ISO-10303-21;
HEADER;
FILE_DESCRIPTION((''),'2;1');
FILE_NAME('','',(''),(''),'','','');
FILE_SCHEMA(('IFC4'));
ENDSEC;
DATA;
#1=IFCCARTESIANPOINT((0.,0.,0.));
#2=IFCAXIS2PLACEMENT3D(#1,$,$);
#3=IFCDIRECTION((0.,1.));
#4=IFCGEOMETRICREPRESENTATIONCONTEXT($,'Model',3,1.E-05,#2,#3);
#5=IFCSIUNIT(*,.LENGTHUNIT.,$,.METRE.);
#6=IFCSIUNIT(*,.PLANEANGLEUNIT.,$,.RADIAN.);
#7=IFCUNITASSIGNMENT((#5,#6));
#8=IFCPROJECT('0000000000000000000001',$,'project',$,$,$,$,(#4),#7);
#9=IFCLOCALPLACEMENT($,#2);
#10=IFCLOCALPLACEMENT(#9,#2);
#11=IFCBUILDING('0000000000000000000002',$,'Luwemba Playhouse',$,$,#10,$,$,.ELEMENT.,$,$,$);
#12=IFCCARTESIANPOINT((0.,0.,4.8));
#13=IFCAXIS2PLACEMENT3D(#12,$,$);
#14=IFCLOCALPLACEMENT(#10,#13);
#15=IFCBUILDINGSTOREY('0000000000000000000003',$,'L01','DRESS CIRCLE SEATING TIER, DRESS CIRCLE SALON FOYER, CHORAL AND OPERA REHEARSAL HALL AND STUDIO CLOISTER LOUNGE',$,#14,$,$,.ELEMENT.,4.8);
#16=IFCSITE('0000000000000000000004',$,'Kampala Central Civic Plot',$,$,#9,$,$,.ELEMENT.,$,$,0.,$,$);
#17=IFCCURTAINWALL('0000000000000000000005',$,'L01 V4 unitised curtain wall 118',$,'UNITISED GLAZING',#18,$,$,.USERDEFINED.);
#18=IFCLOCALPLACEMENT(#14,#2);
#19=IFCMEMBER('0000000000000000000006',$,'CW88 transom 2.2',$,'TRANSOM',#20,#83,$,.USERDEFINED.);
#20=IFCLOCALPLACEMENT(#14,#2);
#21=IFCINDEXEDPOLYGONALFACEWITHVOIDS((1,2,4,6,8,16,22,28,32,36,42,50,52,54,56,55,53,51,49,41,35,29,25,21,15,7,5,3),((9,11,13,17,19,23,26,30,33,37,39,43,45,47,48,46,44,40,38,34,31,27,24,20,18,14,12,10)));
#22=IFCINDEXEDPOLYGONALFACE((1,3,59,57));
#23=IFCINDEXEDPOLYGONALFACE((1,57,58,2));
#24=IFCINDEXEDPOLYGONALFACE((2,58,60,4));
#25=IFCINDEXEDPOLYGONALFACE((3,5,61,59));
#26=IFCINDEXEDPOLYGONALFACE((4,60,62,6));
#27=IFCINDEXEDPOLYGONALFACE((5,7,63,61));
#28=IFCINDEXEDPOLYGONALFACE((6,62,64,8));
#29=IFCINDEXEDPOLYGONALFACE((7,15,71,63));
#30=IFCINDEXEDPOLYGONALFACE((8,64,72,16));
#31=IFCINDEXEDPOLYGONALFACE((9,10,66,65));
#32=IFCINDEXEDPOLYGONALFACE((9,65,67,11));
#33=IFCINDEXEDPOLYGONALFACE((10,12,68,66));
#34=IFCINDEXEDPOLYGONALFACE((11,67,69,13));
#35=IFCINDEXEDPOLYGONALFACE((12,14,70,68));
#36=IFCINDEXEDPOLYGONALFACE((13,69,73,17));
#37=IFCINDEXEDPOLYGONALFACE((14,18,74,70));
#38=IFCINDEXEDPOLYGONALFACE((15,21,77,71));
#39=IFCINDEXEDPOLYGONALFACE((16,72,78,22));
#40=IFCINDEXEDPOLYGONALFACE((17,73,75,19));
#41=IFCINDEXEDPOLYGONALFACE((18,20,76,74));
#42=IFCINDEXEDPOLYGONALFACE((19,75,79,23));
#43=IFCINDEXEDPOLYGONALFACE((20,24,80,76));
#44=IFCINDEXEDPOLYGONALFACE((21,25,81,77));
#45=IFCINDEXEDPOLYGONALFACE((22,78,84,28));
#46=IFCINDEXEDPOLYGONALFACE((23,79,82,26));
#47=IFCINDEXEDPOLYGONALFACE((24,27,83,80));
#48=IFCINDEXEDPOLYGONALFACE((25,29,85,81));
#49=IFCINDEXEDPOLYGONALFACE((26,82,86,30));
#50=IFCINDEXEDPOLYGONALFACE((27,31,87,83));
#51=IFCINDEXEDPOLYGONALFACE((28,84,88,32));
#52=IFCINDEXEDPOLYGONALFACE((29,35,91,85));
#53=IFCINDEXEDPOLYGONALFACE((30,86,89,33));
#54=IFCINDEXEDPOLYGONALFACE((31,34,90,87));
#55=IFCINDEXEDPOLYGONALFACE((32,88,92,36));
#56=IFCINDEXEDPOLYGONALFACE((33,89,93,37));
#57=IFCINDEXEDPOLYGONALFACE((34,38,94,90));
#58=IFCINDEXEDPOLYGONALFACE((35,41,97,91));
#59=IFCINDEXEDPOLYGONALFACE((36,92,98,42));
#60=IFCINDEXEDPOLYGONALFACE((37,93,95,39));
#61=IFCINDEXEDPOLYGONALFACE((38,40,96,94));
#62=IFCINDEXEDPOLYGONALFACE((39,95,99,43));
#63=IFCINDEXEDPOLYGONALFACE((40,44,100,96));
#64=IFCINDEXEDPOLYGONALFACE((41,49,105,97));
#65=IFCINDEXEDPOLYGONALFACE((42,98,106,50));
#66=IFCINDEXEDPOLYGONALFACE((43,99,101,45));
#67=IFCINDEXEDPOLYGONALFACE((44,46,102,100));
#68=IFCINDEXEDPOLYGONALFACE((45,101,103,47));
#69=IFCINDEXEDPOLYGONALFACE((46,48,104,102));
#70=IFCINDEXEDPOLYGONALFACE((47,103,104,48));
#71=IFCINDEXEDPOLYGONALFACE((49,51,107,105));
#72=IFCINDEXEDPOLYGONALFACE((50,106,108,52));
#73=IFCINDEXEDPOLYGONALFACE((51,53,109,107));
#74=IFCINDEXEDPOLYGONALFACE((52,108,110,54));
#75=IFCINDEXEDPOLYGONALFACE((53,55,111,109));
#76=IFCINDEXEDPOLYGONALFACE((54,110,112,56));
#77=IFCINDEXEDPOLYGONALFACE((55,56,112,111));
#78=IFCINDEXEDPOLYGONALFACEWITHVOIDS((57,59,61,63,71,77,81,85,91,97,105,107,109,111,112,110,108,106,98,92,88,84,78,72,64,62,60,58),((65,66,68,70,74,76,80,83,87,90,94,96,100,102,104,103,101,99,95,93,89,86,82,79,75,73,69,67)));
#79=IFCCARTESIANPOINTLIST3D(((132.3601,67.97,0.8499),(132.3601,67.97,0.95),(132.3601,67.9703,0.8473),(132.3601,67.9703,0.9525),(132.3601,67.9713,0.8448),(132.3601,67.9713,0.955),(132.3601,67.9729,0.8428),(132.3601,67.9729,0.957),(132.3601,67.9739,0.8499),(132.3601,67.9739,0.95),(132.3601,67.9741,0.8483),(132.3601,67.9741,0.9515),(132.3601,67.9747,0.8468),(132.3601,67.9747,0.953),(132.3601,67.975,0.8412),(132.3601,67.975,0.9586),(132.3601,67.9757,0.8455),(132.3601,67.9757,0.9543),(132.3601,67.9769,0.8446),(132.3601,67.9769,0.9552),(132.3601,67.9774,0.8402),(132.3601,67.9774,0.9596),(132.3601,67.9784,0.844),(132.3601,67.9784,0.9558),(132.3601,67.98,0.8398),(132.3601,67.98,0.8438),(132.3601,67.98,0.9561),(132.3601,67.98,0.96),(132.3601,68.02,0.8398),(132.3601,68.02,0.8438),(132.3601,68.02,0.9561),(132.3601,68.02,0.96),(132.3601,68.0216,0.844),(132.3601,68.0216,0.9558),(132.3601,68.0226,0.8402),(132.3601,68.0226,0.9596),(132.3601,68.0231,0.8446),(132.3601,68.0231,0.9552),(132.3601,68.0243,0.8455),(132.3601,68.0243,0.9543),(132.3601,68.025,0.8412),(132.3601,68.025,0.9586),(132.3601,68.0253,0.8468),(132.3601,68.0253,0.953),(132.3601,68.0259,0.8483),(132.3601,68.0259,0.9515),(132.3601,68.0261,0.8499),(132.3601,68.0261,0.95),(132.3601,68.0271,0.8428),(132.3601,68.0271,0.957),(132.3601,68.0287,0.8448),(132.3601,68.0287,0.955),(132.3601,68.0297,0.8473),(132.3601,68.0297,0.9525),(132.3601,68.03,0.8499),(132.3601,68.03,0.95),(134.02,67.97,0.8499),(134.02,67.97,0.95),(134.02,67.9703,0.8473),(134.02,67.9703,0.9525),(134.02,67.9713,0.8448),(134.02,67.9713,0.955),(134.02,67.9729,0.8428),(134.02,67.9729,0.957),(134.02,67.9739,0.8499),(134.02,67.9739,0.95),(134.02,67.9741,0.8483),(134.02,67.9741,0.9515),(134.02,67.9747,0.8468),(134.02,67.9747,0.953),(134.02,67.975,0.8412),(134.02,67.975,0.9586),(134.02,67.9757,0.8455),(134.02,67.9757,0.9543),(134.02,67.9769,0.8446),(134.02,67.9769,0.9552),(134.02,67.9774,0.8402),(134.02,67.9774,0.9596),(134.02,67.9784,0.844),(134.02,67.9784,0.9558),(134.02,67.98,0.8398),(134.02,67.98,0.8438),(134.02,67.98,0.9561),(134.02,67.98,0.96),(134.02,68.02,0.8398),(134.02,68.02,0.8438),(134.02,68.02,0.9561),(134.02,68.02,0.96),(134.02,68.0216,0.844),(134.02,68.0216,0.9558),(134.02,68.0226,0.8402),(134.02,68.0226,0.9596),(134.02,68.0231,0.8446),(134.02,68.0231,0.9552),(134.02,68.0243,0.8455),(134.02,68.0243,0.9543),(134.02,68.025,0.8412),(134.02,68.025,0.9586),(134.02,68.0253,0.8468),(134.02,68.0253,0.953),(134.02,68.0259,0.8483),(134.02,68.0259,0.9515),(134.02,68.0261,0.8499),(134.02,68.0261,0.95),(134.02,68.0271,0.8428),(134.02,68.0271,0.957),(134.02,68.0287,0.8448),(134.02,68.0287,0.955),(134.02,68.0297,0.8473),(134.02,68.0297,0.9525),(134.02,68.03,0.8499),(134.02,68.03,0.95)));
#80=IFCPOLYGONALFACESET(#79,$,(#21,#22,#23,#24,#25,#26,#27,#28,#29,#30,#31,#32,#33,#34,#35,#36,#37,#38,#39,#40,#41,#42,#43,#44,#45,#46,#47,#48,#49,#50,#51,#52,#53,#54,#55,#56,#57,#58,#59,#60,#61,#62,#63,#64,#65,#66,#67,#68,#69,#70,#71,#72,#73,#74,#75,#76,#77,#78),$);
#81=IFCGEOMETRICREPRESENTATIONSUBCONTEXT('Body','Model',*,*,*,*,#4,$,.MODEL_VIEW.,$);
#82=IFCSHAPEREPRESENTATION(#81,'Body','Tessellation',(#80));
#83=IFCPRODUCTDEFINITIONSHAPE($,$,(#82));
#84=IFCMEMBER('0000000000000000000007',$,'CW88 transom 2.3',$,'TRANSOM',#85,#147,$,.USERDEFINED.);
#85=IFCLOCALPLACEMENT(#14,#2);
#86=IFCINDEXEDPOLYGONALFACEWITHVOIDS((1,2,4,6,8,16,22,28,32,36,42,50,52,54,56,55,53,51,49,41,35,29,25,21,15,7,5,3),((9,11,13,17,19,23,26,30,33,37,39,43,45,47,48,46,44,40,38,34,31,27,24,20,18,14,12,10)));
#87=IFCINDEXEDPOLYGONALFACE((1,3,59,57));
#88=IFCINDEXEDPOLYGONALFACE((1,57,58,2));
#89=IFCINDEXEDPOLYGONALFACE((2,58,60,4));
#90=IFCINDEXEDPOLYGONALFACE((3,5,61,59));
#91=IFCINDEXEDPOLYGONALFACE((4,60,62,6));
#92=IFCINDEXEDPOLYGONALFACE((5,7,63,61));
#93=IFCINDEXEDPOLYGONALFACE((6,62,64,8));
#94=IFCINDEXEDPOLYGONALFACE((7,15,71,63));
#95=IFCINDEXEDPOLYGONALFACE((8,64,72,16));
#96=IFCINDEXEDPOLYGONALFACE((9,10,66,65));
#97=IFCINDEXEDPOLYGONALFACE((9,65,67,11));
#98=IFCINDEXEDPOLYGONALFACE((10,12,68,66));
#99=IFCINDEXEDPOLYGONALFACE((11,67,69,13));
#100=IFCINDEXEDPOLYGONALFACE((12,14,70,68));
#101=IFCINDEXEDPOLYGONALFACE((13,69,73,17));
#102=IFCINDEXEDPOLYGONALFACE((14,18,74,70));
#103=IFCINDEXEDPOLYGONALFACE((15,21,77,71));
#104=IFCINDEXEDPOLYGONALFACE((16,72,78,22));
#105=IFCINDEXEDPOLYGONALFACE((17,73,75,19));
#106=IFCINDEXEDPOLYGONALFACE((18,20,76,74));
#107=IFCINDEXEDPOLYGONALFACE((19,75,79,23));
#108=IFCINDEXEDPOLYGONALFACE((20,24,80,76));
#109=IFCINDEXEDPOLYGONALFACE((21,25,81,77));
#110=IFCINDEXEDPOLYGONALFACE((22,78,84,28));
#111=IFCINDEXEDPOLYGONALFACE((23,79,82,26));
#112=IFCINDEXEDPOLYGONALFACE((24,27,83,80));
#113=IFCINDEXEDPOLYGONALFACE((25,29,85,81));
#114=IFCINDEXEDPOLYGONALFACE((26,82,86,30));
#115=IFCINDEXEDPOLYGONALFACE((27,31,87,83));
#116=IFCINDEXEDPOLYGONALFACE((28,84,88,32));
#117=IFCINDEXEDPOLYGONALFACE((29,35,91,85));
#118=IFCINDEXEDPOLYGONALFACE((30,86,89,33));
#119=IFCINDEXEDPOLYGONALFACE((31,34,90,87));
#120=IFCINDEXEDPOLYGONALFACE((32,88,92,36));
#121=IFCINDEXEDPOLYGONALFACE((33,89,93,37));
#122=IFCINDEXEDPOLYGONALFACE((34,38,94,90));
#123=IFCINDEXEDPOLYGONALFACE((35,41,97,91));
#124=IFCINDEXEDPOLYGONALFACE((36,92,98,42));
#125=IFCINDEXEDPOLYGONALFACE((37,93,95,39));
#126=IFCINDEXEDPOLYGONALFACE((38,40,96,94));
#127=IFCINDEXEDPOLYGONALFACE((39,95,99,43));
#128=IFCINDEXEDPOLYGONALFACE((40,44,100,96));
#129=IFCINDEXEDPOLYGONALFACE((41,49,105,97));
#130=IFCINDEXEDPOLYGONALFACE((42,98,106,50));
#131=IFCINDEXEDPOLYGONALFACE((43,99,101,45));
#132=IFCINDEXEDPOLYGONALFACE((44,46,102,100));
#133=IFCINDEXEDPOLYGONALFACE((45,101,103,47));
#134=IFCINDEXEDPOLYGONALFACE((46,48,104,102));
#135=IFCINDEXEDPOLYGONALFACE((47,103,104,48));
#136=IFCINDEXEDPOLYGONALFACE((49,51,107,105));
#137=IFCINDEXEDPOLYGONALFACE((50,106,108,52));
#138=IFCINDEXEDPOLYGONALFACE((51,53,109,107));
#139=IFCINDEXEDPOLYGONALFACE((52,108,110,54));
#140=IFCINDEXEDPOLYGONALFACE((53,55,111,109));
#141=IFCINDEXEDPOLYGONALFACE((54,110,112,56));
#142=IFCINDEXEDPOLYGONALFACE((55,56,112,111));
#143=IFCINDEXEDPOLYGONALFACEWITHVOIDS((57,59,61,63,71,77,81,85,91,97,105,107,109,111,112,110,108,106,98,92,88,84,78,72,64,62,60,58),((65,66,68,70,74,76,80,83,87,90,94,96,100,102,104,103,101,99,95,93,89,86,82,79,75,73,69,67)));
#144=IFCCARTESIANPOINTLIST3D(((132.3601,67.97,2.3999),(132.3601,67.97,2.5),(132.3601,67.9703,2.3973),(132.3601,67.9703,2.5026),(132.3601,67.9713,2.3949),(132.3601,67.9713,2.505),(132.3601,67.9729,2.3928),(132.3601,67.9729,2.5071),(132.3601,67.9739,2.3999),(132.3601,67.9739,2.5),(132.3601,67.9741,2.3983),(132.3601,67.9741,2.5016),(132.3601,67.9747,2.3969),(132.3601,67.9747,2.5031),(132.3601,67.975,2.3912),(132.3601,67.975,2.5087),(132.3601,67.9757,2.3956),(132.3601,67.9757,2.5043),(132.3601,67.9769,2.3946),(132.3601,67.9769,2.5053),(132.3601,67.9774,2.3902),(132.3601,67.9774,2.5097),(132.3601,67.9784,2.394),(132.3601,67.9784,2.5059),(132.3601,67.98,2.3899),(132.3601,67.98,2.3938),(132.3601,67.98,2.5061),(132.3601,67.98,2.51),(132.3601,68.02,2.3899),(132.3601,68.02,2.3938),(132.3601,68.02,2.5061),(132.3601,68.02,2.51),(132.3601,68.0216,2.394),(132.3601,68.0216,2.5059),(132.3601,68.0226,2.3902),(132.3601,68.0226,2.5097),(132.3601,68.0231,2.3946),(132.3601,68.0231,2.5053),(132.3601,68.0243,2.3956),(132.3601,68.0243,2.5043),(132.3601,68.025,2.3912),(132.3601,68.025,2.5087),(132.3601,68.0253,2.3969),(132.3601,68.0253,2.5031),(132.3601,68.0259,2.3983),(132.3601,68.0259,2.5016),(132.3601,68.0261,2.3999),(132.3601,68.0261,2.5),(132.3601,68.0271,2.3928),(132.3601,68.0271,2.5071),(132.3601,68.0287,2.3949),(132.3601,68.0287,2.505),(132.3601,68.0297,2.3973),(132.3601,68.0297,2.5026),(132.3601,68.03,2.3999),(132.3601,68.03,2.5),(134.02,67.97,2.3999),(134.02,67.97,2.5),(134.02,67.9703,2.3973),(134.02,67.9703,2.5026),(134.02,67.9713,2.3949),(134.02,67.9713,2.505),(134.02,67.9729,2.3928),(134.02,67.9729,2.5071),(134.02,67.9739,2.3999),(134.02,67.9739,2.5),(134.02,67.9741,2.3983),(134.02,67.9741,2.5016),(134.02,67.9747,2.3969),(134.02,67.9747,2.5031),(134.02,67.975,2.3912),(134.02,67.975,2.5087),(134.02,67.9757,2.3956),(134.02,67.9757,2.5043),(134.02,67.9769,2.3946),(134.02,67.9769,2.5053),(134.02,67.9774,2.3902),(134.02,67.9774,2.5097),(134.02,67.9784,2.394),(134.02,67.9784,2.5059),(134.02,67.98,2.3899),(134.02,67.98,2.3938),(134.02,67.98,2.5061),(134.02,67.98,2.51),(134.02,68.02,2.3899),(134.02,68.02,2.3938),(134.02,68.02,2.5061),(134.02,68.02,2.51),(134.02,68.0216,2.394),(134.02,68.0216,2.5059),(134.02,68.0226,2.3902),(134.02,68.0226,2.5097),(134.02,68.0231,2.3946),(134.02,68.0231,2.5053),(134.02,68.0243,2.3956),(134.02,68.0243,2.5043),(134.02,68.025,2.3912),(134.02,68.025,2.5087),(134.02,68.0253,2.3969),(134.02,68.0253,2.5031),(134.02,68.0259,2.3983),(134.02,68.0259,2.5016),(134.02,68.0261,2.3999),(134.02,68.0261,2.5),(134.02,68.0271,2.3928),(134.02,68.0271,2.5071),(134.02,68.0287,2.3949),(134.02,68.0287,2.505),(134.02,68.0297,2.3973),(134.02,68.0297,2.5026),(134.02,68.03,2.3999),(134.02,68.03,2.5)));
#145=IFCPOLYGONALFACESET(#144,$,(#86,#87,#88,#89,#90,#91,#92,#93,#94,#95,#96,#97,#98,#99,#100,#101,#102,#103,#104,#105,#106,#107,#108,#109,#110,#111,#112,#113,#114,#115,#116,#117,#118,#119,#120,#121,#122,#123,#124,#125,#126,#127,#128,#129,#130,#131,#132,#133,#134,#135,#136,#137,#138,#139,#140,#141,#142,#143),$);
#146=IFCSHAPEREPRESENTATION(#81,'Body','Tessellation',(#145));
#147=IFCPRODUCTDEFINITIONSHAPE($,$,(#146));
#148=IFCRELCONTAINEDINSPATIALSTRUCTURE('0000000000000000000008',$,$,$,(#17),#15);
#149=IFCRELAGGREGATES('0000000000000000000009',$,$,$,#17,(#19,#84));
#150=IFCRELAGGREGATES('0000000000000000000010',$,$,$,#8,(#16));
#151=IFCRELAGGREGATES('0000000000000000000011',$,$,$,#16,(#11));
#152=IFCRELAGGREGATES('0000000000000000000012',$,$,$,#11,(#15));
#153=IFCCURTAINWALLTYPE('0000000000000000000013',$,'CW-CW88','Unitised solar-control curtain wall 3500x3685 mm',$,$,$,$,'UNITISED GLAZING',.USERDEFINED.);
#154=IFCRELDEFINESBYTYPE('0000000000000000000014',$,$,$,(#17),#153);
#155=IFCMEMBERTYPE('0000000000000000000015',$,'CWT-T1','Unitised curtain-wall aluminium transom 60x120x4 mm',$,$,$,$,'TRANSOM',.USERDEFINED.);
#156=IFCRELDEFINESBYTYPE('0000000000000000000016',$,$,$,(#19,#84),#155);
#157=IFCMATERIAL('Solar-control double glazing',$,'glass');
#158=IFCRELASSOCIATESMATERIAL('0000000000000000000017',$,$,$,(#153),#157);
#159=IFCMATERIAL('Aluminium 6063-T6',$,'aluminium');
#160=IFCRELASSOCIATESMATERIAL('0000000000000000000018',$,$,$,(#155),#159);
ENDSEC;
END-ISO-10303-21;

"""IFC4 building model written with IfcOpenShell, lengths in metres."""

from ifc_helpers import new_model, si_unit, direction, frame, origin, origin_2d, place, context, subcontext, project, spatial, hollow_rectangle, extrude, material, material_profile, profile_set, type_object, element, aggregate, save


model = new_model("IFC4")

# Units and contexts
model_context = context("Model", 3, precision=1e-05, world=origin(), true_north=direction((0.0, 1.0)))
body_context = subcontext(model_context, "Body", "Model", "MODEL_VIEW")
ifc_project = project(units=[si_unit("LENGTHUNIT", "METRE"), si_unit("PLANEANGLEUNIT", "RADIAN")], contexts=[model_context])

# Site, building, storey
site_placement = place(None, origin())
site = spatial("IfcSite", under=ifc_project, at=site_placement, Name="Kampala Central Civic Plot", CompositionType="ELEMENT", RefElevation=0.0)
building_placement = place(site_placement, origin())
building = spatial("IfcBuilding", under=site, at=building_placement, Name="Luwemba Playhouse", CompositionType="ELEMENT")
storey_placement = place(building_placement, frame((0.0, 0.0, 4.8)))
storey = spatial("IfcBuildingStorey", under=building, at=storey_placement, Name="L01", Description="DRESS CIRCLE SEATING TIER, DRESS CIRCLE SALON FOYER, CHORAL AND OPERA REHEARSAL HALL AND STUDIO CLOISTER LOUNGE", CompositionType="ELEMENT", Elevation=4.8)

# Curtain wall, members
ifc_material_1 = material(Name="Solar-control double glazing", Category="glass")
curtain_wall_type = type_object("IfcCurtainWallType", Name="CW-CW88", Description="Unitised solar-control curtain wall 3500x3685 mm", ElementType="UNITISED GLAZING", PredefinedType="USERDEFINED", material=ifc_material_1)
curtain_wall_placement = place(storey_placement, origin())
curtain_wall = element("IfcCurtainWall", 1, at=curtain_wall_placement, inside=storey, type_object=curtain_wall_type, Name="L01 V4 unitised curtain wall 118", ObjectType="UNITISED GLAZING", PredefinedType="USERDEFINED")
ifc_material_2 = material(Name="Aluminium 6063-T6", Category="aluminium")
ifc_material_profile_1 = material_profile(ifc_material_2, hollow_rectangle(XDim=0.0601, YDim=0.1201, WallThickness=0.0039, InnerFilletRadius=0.0061, OuterFilletRadius=0.01, at=origin_2d()))
ifc_profile_set_1 = profile_set([ifc_material_profile_1], Name="Aluminium 6063-T6")
member_type_1 = type_object("IfcMemberType", Name="CWT-T1", Description="Unitised curtain-wall aluminium transom 60x120x4 mm", ElementType="TRANSOM", PredefinedType="USERDEFINED", material=ifc_profile_set_1)
member_1_placement = place(storey_placement, frame((134.02, 68.0, 0.8999), z_axis=(-1.0, 0.0, 0.0), x_axis=(0.0, -1.0, 0.0)))
member_1 = element("IfcMember", 2, at=member_1_placement, type_object=member_type_1, Name="CW88 transom 2.2", ObjectType="TRANSOM", PredefinedType="USERDEFINED", context=body_context, shape_type="SweptSolid", body=[
    extrude(hollow_rectangle(XDim=0.0601, YDim=0.1201, WallThickness=0.0039, InnerFilletRadius=0.0061, OuterFilletRadius=0.01, at=origin_2d()), origin(), (0.0, 0.0, 1.0), 1.6599),
])
member_2_placement = place(storey_placement, frame((134.02, 68.0, 2.45), z_axis=(-1.0, 0.0, 0.0), x_axis=(0.0, -1.0, 0.0)))
member_2 = element("IfcMember", 3, at=member_2_placement, type_object=member_type_1, Name="CW88 transom 2.3", ObjectType="TRANSOM", PredefinedType="USERDEFINED", context=body_context, shape_type="SweptSolid", body=[
    extrude(hollow_rectangle(XDim=0.0601, YDim=0.1201, WallThickness=0.0039, InnerFilletRadius=0.0061, OuterFilletRadius=0.01, at=origin_2d()), origin(), (0.0, 0.0, 1.0), 1.6599),
])
aggregate(curtain_wall, [member_1, member_2])

save(model, "model.ifc")
